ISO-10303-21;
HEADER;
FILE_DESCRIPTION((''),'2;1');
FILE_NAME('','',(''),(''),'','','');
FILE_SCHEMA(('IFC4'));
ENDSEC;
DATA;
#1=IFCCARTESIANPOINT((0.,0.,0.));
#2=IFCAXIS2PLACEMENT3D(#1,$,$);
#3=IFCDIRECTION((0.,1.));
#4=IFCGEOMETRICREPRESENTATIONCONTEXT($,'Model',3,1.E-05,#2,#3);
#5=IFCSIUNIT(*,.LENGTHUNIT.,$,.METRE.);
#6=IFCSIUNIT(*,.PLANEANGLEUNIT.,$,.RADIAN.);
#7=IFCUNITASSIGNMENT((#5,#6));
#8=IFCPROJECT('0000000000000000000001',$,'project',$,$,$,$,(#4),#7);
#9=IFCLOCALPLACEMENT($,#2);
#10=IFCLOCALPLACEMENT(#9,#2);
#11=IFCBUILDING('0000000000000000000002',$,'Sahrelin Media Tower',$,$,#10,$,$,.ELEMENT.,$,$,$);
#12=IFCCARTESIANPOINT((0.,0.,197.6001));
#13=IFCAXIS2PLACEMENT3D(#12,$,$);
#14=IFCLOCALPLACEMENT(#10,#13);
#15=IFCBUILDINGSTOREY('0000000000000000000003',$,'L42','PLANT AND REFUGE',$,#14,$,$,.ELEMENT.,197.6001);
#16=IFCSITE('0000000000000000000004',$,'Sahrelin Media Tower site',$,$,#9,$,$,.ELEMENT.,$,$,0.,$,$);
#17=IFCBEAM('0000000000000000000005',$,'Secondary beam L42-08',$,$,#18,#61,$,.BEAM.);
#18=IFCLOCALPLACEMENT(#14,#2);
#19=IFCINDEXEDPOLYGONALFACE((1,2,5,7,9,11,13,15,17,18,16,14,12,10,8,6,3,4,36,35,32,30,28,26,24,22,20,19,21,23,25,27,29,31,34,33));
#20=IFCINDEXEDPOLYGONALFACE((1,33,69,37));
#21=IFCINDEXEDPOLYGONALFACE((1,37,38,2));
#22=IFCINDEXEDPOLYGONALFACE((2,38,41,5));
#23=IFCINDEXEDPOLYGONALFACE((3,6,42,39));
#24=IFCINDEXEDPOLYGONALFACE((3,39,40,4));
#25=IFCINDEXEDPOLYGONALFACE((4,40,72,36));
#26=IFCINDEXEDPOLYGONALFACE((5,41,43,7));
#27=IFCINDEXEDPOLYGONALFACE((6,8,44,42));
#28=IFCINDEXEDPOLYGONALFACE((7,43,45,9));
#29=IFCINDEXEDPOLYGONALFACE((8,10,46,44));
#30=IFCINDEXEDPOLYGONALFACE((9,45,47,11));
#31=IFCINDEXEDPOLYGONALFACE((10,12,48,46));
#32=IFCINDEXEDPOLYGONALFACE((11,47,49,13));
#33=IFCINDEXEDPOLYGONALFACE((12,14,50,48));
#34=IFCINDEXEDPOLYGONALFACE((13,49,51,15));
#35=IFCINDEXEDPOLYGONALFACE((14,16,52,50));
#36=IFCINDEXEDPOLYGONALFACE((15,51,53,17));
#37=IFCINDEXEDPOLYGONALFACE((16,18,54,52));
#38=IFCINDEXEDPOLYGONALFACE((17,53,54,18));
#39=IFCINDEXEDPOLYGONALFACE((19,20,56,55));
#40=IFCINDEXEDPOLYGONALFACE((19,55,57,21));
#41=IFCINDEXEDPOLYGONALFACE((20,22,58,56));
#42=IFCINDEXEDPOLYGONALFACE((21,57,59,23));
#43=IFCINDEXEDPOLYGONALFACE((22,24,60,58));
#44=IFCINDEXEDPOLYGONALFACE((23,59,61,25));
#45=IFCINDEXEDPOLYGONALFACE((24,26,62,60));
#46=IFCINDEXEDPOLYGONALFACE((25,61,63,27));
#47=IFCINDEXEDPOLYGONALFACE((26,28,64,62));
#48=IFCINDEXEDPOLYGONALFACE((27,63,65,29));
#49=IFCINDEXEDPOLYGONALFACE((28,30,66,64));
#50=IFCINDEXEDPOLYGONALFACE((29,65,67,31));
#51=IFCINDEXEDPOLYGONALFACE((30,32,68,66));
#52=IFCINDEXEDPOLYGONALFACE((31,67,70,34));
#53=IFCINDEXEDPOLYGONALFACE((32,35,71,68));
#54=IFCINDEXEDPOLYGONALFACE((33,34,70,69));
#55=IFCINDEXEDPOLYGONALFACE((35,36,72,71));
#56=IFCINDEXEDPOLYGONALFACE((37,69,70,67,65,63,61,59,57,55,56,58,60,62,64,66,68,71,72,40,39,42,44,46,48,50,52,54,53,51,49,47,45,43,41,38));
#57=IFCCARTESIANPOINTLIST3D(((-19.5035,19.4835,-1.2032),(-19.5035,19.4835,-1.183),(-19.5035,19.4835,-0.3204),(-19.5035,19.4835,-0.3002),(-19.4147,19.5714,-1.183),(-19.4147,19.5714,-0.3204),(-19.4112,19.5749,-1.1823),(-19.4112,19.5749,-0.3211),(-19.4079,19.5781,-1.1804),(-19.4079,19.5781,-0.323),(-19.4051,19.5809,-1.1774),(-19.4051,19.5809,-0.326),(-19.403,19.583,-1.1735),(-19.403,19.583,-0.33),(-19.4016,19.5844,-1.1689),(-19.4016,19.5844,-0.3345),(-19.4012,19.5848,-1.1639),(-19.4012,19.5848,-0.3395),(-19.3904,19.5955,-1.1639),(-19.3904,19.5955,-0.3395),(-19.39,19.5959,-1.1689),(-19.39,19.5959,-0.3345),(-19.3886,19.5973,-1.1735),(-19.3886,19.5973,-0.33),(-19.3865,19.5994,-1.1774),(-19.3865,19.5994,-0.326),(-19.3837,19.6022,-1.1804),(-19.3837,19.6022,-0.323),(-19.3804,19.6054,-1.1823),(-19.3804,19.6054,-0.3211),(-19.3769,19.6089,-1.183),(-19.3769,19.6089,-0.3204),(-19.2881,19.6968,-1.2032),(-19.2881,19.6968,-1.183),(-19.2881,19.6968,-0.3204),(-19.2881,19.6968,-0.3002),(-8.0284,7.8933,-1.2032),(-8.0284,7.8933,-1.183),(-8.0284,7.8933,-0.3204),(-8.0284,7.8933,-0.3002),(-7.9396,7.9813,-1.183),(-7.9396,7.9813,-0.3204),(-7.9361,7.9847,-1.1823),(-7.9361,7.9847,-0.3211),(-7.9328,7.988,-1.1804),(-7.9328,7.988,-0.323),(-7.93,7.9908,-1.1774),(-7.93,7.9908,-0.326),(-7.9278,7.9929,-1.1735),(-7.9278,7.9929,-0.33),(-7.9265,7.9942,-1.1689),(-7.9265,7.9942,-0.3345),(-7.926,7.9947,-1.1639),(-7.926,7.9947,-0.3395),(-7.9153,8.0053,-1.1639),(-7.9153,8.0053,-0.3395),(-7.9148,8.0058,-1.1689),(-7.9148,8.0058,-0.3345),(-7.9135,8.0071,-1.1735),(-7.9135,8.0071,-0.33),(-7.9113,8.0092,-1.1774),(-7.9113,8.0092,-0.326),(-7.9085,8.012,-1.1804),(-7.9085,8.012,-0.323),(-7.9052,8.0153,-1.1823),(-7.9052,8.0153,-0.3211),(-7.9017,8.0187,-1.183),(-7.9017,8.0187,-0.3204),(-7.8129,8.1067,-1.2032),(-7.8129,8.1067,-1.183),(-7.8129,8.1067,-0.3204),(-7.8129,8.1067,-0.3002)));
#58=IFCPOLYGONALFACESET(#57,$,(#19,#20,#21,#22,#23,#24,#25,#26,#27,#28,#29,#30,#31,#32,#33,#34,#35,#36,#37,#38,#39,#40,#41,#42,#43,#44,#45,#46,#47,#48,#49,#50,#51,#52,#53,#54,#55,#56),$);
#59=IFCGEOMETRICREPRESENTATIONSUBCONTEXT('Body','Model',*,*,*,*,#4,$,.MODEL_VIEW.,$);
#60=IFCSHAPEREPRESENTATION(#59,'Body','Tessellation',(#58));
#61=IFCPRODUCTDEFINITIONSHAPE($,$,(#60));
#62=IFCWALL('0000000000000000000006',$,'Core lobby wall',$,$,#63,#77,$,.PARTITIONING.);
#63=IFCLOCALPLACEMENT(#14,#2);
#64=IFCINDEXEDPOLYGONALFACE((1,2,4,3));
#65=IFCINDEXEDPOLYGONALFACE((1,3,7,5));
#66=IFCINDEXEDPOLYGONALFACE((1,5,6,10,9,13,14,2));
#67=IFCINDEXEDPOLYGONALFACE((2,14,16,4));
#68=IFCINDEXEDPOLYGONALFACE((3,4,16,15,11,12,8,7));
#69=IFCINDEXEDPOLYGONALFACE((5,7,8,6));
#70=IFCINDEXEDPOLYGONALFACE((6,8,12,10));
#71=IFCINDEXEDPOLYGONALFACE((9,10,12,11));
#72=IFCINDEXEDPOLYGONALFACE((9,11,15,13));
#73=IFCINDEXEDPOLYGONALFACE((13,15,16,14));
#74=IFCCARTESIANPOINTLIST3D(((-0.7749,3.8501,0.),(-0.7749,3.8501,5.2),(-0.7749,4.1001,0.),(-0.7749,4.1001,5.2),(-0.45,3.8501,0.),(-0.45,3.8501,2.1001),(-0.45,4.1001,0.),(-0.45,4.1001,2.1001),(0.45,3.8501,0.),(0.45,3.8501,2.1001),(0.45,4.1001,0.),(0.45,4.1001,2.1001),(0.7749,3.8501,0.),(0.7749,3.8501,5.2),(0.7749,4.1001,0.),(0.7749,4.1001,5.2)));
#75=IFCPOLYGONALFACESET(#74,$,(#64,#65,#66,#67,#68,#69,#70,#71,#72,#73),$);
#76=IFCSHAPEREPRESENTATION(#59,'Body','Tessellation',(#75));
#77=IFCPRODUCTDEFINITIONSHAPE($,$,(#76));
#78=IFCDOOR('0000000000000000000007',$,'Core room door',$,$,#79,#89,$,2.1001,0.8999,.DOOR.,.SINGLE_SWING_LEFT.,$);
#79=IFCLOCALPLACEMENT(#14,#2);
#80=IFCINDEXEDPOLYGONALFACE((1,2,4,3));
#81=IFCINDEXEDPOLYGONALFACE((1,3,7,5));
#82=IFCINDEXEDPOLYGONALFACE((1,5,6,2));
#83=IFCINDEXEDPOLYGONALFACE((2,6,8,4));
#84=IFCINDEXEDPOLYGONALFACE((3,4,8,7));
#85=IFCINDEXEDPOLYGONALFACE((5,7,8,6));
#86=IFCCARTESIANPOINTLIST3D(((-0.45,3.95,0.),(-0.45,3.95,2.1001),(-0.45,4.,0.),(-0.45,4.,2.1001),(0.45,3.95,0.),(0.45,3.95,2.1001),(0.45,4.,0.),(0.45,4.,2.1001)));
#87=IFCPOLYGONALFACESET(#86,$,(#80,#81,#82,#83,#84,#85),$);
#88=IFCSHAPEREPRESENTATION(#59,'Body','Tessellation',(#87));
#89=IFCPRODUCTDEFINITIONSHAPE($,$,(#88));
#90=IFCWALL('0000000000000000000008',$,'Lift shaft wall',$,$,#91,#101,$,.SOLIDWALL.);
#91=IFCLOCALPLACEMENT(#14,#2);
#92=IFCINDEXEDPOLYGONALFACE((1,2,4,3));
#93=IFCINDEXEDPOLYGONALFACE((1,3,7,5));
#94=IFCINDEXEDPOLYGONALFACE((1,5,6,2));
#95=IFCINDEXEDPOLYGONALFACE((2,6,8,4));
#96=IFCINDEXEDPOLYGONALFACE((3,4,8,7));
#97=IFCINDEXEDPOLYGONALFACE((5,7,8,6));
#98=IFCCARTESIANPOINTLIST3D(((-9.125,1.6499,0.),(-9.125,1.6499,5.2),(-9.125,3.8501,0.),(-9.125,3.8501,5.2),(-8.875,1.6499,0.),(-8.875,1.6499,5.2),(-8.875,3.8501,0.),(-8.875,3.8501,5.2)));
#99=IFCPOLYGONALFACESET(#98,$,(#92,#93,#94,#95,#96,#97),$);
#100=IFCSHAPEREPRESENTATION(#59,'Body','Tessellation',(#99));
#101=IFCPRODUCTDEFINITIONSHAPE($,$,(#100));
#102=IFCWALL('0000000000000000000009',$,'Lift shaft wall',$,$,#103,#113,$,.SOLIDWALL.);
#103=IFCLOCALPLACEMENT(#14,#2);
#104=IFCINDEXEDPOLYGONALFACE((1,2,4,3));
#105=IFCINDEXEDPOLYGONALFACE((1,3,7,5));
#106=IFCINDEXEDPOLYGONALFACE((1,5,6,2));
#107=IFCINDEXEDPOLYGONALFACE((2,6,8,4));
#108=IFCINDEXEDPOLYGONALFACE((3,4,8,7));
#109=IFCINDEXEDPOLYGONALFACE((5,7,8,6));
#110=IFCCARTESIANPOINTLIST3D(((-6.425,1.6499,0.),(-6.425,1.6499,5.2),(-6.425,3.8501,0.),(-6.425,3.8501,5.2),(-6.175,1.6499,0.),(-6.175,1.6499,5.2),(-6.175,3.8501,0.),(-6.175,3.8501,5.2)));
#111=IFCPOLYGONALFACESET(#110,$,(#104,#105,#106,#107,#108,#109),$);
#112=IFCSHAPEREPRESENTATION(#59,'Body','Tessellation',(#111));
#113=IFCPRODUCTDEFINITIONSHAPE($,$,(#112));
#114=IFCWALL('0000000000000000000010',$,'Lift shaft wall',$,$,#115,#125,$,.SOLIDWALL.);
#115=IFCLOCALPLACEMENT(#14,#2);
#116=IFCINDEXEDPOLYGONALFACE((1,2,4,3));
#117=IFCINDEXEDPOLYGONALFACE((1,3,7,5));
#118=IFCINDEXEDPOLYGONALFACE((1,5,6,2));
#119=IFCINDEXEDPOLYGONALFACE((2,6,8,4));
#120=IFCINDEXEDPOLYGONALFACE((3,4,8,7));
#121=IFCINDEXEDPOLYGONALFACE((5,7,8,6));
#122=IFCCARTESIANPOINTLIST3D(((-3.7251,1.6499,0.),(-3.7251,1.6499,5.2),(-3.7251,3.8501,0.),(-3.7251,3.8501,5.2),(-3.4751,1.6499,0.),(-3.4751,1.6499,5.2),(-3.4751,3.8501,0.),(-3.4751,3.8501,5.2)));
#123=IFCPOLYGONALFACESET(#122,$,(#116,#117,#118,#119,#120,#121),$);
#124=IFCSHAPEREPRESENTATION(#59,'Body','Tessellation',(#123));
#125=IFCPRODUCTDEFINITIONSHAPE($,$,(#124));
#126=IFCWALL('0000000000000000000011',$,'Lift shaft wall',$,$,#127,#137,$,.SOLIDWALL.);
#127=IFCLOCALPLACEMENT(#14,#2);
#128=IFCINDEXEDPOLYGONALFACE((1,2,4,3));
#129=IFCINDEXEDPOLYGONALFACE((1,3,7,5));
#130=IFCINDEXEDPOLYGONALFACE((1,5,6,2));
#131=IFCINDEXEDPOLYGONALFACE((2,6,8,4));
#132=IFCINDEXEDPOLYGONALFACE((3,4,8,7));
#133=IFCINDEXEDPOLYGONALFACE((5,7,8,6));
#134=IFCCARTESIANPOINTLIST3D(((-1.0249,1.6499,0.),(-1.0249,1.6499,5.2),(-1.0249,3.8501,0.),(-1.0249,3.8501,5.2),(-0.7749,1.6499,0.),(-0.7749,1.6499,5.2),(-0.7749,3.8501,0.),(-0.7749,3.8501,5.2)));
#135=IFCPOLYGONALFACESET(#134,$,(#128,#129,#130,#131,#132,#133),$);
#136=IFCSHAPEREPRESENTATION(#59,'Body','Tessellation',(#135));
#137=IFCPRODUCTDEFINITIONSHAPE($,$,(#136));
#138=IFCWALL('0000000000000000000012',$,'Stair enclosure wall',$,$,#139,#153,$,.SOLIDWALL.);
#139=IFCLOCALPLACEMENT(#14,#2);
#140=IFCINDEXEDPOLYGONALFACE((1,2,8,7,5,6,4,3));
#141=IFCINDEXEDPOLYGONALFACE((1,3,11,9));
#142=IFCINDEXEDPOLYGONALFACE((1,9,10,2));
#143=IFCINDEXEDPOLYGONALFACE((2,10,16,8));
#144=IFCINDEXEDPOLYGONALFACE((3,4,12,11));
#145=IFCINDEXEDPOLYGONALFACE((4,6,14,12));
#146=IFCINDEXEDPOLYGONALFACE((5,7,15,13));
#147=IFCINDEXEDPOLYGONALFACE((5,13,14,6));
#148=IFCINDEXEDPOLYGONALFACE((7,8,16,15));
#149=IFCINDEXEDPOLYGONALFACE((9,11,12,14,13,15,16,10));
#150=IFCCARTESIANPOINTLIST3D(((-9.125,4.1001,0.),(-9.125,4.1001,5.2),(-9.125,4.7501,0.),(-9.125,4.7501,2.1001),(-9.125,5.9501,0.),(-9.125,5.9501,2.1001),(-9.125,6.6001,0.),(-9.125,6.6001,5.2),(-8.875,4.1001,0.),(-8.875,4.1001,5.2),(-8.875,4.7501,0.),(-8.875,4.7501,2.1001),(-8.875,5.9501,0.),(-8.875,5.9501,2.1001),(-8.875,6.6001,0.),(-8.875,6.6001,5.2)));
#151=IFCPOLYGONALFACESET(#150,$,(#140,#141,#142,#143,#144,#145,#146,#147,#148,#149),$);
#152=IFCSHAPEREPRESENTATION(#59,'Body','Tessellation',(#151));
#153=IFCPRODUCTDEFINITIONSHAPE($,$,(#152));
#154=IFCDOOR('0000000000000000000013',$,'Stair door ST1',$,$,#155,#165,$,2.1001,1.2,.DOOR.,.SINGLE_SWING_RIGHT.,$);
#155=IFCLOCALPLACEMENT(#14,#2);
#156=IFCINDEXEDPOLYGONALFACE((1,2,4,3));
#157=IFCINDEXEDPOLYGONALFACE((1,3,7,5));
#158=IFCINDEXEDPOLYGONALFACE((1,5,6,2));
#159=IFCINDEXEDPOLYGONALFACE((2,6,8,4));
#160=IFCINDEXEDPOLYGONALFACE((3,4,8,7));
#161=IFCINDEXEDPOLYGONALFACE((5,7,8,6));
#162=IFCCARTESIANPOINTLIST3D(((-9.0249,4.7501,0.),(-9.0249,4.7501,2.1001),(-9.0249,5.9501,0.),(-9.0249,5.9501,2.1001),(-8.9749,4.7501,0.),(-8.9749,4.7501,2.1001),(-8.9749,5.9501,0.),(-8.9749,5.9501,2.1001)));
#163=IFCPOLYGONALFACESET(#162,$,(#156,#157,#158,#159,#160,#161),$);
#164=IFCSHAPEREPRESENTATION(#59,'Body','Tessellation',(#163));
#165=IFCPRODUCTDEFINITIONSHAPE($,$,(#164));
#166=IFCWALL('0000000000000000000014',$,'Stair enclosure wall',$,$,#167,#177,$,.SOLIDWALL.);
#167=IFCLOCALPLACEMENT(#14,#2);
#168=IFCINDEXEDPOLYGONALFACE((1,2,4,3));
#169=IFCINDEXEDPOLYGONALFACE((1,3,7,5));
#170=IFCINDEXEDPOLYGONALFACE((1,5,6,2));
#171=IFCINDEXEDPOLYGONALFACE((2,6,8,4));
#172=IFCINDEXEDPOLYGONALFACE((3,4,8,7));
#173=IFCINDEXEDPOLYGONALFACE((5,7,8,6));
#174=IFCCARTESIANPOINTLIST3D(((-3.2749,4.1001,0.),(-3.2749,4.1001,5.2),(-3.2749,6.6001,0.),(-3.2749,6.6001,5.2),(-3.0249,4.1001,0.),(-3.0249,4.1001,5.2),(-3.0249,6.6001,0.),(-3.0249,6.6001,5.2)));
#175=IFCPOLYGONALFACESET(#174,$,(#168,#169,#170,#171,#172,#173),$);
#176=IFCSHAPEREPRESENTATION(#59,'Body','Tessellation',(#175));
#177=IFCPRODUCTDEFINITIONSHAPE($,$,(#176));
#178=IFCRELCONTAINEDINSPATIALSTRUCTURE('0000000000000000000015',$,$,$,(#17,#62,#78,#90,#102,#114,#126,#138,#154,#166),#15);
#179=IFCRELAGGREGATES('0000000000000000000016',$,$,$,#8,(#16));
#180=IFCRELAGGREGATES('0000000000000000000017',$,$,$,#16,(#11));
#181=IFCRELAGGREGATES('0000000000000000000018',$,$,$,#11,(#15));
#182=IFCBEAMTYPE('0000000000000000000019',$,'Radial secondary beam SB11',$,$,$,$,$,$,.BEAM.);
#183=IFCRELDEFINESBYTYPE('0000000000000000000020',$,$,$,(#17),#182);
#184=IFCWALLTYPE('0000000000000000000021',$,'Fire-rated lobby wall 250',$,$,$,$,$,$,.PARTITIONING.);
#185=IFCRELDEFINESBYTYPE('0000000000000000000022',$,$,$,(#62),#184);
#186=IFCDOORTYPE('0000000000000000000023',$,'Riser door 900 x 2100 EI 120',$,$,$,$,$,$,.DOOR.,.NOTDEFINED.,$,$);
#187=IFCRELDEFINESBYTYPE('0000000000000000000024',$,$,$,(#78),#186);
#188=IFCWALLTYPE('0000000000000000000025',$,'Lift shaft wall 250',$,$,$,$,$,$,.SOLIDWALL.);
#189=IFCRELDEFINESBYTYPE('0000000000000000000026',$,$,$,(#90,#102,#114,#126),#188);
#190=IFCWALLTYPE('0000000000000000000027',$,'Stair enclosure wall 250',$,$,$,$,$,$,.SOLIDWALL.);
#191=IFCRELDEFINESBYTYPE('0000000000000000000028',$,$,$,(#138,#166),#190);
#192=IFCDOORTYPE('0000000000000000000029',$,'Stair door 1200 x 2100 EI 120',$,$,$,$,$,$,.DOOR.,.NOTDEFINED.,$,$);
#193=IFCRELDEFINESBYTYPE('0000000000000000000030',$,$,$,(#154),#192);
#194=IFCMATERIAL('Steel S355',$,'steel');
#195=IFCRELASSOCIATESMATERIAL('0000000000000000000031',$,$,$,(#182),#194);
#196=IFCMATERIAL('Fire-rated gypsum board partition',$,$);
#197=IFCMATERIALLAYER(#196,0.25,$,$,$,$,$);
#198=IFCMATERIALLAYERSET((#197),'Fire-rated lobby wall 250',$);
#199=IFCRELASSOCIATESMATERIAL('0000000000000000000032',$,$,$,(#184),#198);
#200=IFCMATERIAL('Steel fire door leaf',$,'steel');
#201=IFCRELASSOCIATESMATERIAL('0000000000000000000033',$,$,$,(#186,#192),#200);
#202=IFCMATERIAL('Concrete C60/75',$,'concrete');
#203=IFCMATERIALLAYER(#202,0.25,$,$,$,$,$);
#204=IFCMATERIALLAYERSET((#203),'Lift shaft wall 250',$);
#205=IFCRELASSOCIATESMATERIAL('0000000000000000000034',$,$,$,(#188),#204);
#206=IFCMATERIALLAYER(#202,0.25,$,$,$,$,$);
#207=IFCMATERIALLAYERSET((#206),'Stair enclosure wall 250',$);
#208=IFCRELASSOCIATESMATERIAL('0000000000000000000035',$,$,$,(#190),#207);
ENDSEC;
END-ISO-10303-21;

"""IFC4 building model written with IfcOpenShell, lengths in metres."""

from ifc_helpers import new_model, si_unit, direction, frame, frame_2d, origin, origin_2d, place, context, subcontext, project, spatial, rectangle, i_section, extrude, material, layer, layer_set, material_profile, profile_set, type_object, element, fill, save


model = new_model("IFC4")

# Units and contexts
model_context = context("Model", 3, precision=1e-05, world=origin(), true_north=direction((0.0, 1.0)))
body_context = subcontext(model_context, "Body", "Model", "MODEL_VIEW")
ifc_project = project(units=[si_unit("LENGTHUNIT", "METRE"), si_unit("PLANEANGLEUNIT", "RADIAN")], contexts=[model_context])

# Site, building, storey
site_placement = place(None, origin())
site = spatial("IfcSite", under=ifc_project, at=site_placement, Name="Sahrelin Media Tower site", CompositionType="ELEMENT", RefElevation=0.0)
building_placement = place(site_placement, origin())
building = spatial("IfcBuilding", under=site, at=building_placement, Name="Sahrelin Media Tower", CompositionType="ELEMENT")
storey_placement = place(building_placement, frame((0.0, 0.0, 197.6001)))
storey = spatial("IfcBuildingStorey", under=building, at=storey_placement, Name="L42", Description="PLANT AND REFUGE", CompositionType="ELEMENT", Elevation=197.6001)

# Beam
ifc_material_1 = material(Name="Steel S355", Category="steel")
ifc_material_profile = material_profile(ifc_material_1, i_section(OverallWidth=0.3032, OverallDepth=0.9031, WebThickness=0.0151, FlangeThickness=0.0203, FilletRadius=0.019, at=origin_2d()), Name="UB 914x305x201")
ifc_profile_set = profile_set([ifc_material_profile], Name="Steel S355")
beam_type = type_object("IfcBeamType", Name="Radial secondary beam SB11", PredefinedType="BEAM", material=ifc_profile_set)
beam_placement = place(storey_placement, frame((-7.9207, 8.0, -0.7517), z_axis=(-0.703573, 0.710623, 0.0), x_axis=(-0.710623, -0.703573, 0.0)))
element("IfcBeam", 1, at=beam_placement, inside=storey, type_object=beam_type, Name="Secondary beam L42-08", PredefinedType="BEAM", context=body_context, shape_type="SweptSolid", body=[
    extrude(i_section(OverallWidth=0.3032, OverallDepth=0.9031, WebThickness=0.0151, FlangeThickness=0.0203, FilletRadius=0.019, at=origin_2d()), origin(), (0.0, 0.0, 1.0), 16.3098),
])

# Wall, opening, door
ifc_material_2 = material(Name="Fire-rated gypsum board partition")
ifc_layer_1 = layer(ifc_material_2, 0.25)
ifc_layer_set_1 = layer_set([ifc_layer_1], Name="Fire-rated lobby wall 250")
wall_type_1 = type_object("IfcWallType", Name="Fire-rated lobby wall 250", PredefinedType="PARTITIONING", material=ifc_layer_set_1)
wall_1_placement = place(storey_placement, frame((-0.7749, 3.9751, 0.0), z_axis=(0.0, 0.0, 1.0), x_axis=(1.0, 0.0, 0.0)))
wall_1 = element("IfcWall", 2, at=wall_1_placement, inside=storey, type_object=wall_type_1, Name="Core lobby wall", PredefinedType="PARTITIONING", context=body_context, shape_type="SweptSolid", body=[
    extrude(rectangle(XDim=1.5498, YDim=0.25, at=frame_2d((0.7749, 0.0))), origin(), (0.0, 0.0, 1.0), 5.2),
])
opening_1_placement = place(wall_1_placement, frame((0.325, 0.0, 0.0)))
opening_1 = element("IfcOpeningElement", 3, at=opening_1_placement, cuts=wall_1, PredefinedType="OPENING", context=body_context, shape_type="SweptSolid", body=[
    extrude(rectangle(XDim=0.8999, YDim=2.1001, at=frame_2d((0.45, 1.05))), frame((0.0, 0.125, 0.0), z_axis=(0.0, -1.0, 0.0), x_axis=(1.0, 0.0, 0.0)), (0.0, 0.0, 1.0), 0.25),
])
ifc_material_3 = material(Name="Steel fire door leaf", Category="steel")
door_type_1 = type_object("IfcDoorType", Name="Riser door 900 x 2100 EI 120", OperationType="NOTDEFINED", PredefinedType="DOOR", material=ifc_material_3)
door_1_placement = place(opening_1_placement, origin())
door_1 = element("IfcDoor", 4, at=door_1_placement, inside=storey, type_object=door_type_1, Name="Core room door", OperationType="SINGLE_SWING_LEFT", OverallHeight=2.1001, OverallWidth=0.8999, PredefinedType="DOOR", context=body_context, shape_type="SweptSolid", body=[
    extrude(rectangle(XDim=0.8999, YDim=2.1001, at=frame_2d((0.45, 1.05))), frame((0.0, 0.0249, 0.0), z_axis=(0.0, -1.0, 0.0), x_axis=(1.0, 0.0, 0.0)), (0.0, 0.0, 1.0), 0.05),
])
fill(opening_1, door_1)

# Walls
ifc_material_4 = material(Name="Concrete C60/75", Category="concrete")
ifc_layer_2 = layer(ifc_material_4, 0.25)
ifc_layer_set_2 = layer_set([ifc_layer_2], Name="Lift shaft wall 250")
wall_type_2 = type_object("IfcWallType", Name="Lift shaft wall 250", PredefinedType="SOLIDWALL", material=ifc_layer_set_2)
for number, where, z_axis, x_axis, name in (
    (5, (-9.0, 1.6499, 0.0), (0.0, 0.0, 1.0), (0.0, 1.0, 0.0), "Lift shaft wall"),
    (6, (-6.3, 1.6499, 0.0), (0.0, 0.0, 1.0), (0.0, 1.0, 0.0), "Lift shaft wall"),
    (7, (-3.6001, 1.6499, 0.0), (0.0, 0.0, 1.0), (0.0, 1.0, 0.0), "Lift shaft wall"),
    (8, (-0.8999, 1.6499, 0.0), (0.0, 0.0, 1.0), (0.0, 1.0, 0.0), "Lift shaft wall"),
):
    element("IfcWall", number, at=place(storey_placement, frame(where, z_axis=z_axis, x_axis=x_axis)), inside=storey, type_object=wall_type_2, Name=name, PredefinedType="SOLIDWALL", context=body_context, shape_type="SweptSolid", body=[
        extrude(rectangle(XDim=2.2002, YDim=0.25, at=frame_2d((1.1001, 0.0))), origin(), (0.0, 0.0, 1.0), 5.2),
    ])

# Wall, opening, door
ifc_layer_3 = layer(ifc_material_4, 0.25)
ifc_layer_set_3 = layer_set([ifc_layer_3], Name="Stair enclosure wall 250")
wall_type_3 = type_object("IfcWallType", Name="Stair enclosure wall 250", PredefinedType="SOLIDWALL", material=ifc_layer_set_3)
wall_2_placement = place(storey_placement, frame((-9.0, 4.1001, 0.0), z_axis=(0.0, 0.0, 1.0), x_axis=(0.0, 1.0, 0.0)))
wall_2 = element("IfcWall", 9, at=wall_2_placement, inside=storey, type_object=wall_type_3, Name="Stair enclosure wall", PredefinedType="SOLIDWALL", context=body_context, shape_type="SweptSolid", body=[
    extrude(rectangle(XDim=2.5, YDim=0.25, at=frame_2d((1.25, 0.0))), origin(), (0.0, 0.0, 1.0), 5.2),
])
opening_2_placement = place(wall_2_placement, frame((0.6499, 0.0, 0.0)))
opening_2 = element("IfcOpeningElement", 10, at=opening_2_placement, cuts=wall_2, PredefinedType="OPENING", context=body_context, shape_type="SweptSolid", body=[
    extrude(rectangle(XDim=1.2, YDim=2.1001, at=frame_2d((0.6001, 1.05))), frame((0.0, 0.125, 0.0), z_axis=(0.0, -1.0, 0.0), x_axis=(1.0, 0.0, 0.0)), (0.0, 0.0, 1.0), 0.25),
])
door_type_2 = type_object("IfcDoorType", Name="Stair door 1200 x 2100 EI 120", OperationType="NOTDEFINED", PredefinedType="DOOR", material=ifc_material_3)
door_2_placement = place(opening_2_placement, origin())
door_2 = element("IfcDoor", 11, at=door_2_placement, inside=storey, type_object=door_type_2, Name="Stair door ST1", OperationType="SINGLE_SWING_RIGHT", OverallHeight=2.1001, OverallWidth=1.2, PredefinedType="DOOR", context=body_context, shape_type="SweptSolid", body=[
    extrude(rectangle(XDim=1.2, YDim=2.1001, at=frame_2d((0.6001, 1.05))), frame((0.0, 0.0249, 0.0), z_axis=(0.0, -1.0, 0.0), x_axis=(1.0, 0.0, 0.0)), (0.0, 0.0, 1.0), 0.05),
])
fill(opening_2, door_2)

# Wall
wall_3_placement = place(storey_placement, frame((-3.1499, 4.1001, 0.0), z_axis=(0.0, 0.0, 1.0), x_axis=(0.0, 1.0, 0.0)))
element("IfcWall", 12, at=wall_3_placement, inside=storey, type_object=wall_type_3, Name="Stair enclosure wall", PredefinedType="SOLIDWALL", context=body_context, shape_type="SweptSolid", body=[
    extrude(rectangle(XDim=2.5, YDim=0.25, at=frame_2d((1.25, 0.0))), origin(), (0.0, 0.0, 1.0), 5.2),
])

save(model, "model.ifc")
